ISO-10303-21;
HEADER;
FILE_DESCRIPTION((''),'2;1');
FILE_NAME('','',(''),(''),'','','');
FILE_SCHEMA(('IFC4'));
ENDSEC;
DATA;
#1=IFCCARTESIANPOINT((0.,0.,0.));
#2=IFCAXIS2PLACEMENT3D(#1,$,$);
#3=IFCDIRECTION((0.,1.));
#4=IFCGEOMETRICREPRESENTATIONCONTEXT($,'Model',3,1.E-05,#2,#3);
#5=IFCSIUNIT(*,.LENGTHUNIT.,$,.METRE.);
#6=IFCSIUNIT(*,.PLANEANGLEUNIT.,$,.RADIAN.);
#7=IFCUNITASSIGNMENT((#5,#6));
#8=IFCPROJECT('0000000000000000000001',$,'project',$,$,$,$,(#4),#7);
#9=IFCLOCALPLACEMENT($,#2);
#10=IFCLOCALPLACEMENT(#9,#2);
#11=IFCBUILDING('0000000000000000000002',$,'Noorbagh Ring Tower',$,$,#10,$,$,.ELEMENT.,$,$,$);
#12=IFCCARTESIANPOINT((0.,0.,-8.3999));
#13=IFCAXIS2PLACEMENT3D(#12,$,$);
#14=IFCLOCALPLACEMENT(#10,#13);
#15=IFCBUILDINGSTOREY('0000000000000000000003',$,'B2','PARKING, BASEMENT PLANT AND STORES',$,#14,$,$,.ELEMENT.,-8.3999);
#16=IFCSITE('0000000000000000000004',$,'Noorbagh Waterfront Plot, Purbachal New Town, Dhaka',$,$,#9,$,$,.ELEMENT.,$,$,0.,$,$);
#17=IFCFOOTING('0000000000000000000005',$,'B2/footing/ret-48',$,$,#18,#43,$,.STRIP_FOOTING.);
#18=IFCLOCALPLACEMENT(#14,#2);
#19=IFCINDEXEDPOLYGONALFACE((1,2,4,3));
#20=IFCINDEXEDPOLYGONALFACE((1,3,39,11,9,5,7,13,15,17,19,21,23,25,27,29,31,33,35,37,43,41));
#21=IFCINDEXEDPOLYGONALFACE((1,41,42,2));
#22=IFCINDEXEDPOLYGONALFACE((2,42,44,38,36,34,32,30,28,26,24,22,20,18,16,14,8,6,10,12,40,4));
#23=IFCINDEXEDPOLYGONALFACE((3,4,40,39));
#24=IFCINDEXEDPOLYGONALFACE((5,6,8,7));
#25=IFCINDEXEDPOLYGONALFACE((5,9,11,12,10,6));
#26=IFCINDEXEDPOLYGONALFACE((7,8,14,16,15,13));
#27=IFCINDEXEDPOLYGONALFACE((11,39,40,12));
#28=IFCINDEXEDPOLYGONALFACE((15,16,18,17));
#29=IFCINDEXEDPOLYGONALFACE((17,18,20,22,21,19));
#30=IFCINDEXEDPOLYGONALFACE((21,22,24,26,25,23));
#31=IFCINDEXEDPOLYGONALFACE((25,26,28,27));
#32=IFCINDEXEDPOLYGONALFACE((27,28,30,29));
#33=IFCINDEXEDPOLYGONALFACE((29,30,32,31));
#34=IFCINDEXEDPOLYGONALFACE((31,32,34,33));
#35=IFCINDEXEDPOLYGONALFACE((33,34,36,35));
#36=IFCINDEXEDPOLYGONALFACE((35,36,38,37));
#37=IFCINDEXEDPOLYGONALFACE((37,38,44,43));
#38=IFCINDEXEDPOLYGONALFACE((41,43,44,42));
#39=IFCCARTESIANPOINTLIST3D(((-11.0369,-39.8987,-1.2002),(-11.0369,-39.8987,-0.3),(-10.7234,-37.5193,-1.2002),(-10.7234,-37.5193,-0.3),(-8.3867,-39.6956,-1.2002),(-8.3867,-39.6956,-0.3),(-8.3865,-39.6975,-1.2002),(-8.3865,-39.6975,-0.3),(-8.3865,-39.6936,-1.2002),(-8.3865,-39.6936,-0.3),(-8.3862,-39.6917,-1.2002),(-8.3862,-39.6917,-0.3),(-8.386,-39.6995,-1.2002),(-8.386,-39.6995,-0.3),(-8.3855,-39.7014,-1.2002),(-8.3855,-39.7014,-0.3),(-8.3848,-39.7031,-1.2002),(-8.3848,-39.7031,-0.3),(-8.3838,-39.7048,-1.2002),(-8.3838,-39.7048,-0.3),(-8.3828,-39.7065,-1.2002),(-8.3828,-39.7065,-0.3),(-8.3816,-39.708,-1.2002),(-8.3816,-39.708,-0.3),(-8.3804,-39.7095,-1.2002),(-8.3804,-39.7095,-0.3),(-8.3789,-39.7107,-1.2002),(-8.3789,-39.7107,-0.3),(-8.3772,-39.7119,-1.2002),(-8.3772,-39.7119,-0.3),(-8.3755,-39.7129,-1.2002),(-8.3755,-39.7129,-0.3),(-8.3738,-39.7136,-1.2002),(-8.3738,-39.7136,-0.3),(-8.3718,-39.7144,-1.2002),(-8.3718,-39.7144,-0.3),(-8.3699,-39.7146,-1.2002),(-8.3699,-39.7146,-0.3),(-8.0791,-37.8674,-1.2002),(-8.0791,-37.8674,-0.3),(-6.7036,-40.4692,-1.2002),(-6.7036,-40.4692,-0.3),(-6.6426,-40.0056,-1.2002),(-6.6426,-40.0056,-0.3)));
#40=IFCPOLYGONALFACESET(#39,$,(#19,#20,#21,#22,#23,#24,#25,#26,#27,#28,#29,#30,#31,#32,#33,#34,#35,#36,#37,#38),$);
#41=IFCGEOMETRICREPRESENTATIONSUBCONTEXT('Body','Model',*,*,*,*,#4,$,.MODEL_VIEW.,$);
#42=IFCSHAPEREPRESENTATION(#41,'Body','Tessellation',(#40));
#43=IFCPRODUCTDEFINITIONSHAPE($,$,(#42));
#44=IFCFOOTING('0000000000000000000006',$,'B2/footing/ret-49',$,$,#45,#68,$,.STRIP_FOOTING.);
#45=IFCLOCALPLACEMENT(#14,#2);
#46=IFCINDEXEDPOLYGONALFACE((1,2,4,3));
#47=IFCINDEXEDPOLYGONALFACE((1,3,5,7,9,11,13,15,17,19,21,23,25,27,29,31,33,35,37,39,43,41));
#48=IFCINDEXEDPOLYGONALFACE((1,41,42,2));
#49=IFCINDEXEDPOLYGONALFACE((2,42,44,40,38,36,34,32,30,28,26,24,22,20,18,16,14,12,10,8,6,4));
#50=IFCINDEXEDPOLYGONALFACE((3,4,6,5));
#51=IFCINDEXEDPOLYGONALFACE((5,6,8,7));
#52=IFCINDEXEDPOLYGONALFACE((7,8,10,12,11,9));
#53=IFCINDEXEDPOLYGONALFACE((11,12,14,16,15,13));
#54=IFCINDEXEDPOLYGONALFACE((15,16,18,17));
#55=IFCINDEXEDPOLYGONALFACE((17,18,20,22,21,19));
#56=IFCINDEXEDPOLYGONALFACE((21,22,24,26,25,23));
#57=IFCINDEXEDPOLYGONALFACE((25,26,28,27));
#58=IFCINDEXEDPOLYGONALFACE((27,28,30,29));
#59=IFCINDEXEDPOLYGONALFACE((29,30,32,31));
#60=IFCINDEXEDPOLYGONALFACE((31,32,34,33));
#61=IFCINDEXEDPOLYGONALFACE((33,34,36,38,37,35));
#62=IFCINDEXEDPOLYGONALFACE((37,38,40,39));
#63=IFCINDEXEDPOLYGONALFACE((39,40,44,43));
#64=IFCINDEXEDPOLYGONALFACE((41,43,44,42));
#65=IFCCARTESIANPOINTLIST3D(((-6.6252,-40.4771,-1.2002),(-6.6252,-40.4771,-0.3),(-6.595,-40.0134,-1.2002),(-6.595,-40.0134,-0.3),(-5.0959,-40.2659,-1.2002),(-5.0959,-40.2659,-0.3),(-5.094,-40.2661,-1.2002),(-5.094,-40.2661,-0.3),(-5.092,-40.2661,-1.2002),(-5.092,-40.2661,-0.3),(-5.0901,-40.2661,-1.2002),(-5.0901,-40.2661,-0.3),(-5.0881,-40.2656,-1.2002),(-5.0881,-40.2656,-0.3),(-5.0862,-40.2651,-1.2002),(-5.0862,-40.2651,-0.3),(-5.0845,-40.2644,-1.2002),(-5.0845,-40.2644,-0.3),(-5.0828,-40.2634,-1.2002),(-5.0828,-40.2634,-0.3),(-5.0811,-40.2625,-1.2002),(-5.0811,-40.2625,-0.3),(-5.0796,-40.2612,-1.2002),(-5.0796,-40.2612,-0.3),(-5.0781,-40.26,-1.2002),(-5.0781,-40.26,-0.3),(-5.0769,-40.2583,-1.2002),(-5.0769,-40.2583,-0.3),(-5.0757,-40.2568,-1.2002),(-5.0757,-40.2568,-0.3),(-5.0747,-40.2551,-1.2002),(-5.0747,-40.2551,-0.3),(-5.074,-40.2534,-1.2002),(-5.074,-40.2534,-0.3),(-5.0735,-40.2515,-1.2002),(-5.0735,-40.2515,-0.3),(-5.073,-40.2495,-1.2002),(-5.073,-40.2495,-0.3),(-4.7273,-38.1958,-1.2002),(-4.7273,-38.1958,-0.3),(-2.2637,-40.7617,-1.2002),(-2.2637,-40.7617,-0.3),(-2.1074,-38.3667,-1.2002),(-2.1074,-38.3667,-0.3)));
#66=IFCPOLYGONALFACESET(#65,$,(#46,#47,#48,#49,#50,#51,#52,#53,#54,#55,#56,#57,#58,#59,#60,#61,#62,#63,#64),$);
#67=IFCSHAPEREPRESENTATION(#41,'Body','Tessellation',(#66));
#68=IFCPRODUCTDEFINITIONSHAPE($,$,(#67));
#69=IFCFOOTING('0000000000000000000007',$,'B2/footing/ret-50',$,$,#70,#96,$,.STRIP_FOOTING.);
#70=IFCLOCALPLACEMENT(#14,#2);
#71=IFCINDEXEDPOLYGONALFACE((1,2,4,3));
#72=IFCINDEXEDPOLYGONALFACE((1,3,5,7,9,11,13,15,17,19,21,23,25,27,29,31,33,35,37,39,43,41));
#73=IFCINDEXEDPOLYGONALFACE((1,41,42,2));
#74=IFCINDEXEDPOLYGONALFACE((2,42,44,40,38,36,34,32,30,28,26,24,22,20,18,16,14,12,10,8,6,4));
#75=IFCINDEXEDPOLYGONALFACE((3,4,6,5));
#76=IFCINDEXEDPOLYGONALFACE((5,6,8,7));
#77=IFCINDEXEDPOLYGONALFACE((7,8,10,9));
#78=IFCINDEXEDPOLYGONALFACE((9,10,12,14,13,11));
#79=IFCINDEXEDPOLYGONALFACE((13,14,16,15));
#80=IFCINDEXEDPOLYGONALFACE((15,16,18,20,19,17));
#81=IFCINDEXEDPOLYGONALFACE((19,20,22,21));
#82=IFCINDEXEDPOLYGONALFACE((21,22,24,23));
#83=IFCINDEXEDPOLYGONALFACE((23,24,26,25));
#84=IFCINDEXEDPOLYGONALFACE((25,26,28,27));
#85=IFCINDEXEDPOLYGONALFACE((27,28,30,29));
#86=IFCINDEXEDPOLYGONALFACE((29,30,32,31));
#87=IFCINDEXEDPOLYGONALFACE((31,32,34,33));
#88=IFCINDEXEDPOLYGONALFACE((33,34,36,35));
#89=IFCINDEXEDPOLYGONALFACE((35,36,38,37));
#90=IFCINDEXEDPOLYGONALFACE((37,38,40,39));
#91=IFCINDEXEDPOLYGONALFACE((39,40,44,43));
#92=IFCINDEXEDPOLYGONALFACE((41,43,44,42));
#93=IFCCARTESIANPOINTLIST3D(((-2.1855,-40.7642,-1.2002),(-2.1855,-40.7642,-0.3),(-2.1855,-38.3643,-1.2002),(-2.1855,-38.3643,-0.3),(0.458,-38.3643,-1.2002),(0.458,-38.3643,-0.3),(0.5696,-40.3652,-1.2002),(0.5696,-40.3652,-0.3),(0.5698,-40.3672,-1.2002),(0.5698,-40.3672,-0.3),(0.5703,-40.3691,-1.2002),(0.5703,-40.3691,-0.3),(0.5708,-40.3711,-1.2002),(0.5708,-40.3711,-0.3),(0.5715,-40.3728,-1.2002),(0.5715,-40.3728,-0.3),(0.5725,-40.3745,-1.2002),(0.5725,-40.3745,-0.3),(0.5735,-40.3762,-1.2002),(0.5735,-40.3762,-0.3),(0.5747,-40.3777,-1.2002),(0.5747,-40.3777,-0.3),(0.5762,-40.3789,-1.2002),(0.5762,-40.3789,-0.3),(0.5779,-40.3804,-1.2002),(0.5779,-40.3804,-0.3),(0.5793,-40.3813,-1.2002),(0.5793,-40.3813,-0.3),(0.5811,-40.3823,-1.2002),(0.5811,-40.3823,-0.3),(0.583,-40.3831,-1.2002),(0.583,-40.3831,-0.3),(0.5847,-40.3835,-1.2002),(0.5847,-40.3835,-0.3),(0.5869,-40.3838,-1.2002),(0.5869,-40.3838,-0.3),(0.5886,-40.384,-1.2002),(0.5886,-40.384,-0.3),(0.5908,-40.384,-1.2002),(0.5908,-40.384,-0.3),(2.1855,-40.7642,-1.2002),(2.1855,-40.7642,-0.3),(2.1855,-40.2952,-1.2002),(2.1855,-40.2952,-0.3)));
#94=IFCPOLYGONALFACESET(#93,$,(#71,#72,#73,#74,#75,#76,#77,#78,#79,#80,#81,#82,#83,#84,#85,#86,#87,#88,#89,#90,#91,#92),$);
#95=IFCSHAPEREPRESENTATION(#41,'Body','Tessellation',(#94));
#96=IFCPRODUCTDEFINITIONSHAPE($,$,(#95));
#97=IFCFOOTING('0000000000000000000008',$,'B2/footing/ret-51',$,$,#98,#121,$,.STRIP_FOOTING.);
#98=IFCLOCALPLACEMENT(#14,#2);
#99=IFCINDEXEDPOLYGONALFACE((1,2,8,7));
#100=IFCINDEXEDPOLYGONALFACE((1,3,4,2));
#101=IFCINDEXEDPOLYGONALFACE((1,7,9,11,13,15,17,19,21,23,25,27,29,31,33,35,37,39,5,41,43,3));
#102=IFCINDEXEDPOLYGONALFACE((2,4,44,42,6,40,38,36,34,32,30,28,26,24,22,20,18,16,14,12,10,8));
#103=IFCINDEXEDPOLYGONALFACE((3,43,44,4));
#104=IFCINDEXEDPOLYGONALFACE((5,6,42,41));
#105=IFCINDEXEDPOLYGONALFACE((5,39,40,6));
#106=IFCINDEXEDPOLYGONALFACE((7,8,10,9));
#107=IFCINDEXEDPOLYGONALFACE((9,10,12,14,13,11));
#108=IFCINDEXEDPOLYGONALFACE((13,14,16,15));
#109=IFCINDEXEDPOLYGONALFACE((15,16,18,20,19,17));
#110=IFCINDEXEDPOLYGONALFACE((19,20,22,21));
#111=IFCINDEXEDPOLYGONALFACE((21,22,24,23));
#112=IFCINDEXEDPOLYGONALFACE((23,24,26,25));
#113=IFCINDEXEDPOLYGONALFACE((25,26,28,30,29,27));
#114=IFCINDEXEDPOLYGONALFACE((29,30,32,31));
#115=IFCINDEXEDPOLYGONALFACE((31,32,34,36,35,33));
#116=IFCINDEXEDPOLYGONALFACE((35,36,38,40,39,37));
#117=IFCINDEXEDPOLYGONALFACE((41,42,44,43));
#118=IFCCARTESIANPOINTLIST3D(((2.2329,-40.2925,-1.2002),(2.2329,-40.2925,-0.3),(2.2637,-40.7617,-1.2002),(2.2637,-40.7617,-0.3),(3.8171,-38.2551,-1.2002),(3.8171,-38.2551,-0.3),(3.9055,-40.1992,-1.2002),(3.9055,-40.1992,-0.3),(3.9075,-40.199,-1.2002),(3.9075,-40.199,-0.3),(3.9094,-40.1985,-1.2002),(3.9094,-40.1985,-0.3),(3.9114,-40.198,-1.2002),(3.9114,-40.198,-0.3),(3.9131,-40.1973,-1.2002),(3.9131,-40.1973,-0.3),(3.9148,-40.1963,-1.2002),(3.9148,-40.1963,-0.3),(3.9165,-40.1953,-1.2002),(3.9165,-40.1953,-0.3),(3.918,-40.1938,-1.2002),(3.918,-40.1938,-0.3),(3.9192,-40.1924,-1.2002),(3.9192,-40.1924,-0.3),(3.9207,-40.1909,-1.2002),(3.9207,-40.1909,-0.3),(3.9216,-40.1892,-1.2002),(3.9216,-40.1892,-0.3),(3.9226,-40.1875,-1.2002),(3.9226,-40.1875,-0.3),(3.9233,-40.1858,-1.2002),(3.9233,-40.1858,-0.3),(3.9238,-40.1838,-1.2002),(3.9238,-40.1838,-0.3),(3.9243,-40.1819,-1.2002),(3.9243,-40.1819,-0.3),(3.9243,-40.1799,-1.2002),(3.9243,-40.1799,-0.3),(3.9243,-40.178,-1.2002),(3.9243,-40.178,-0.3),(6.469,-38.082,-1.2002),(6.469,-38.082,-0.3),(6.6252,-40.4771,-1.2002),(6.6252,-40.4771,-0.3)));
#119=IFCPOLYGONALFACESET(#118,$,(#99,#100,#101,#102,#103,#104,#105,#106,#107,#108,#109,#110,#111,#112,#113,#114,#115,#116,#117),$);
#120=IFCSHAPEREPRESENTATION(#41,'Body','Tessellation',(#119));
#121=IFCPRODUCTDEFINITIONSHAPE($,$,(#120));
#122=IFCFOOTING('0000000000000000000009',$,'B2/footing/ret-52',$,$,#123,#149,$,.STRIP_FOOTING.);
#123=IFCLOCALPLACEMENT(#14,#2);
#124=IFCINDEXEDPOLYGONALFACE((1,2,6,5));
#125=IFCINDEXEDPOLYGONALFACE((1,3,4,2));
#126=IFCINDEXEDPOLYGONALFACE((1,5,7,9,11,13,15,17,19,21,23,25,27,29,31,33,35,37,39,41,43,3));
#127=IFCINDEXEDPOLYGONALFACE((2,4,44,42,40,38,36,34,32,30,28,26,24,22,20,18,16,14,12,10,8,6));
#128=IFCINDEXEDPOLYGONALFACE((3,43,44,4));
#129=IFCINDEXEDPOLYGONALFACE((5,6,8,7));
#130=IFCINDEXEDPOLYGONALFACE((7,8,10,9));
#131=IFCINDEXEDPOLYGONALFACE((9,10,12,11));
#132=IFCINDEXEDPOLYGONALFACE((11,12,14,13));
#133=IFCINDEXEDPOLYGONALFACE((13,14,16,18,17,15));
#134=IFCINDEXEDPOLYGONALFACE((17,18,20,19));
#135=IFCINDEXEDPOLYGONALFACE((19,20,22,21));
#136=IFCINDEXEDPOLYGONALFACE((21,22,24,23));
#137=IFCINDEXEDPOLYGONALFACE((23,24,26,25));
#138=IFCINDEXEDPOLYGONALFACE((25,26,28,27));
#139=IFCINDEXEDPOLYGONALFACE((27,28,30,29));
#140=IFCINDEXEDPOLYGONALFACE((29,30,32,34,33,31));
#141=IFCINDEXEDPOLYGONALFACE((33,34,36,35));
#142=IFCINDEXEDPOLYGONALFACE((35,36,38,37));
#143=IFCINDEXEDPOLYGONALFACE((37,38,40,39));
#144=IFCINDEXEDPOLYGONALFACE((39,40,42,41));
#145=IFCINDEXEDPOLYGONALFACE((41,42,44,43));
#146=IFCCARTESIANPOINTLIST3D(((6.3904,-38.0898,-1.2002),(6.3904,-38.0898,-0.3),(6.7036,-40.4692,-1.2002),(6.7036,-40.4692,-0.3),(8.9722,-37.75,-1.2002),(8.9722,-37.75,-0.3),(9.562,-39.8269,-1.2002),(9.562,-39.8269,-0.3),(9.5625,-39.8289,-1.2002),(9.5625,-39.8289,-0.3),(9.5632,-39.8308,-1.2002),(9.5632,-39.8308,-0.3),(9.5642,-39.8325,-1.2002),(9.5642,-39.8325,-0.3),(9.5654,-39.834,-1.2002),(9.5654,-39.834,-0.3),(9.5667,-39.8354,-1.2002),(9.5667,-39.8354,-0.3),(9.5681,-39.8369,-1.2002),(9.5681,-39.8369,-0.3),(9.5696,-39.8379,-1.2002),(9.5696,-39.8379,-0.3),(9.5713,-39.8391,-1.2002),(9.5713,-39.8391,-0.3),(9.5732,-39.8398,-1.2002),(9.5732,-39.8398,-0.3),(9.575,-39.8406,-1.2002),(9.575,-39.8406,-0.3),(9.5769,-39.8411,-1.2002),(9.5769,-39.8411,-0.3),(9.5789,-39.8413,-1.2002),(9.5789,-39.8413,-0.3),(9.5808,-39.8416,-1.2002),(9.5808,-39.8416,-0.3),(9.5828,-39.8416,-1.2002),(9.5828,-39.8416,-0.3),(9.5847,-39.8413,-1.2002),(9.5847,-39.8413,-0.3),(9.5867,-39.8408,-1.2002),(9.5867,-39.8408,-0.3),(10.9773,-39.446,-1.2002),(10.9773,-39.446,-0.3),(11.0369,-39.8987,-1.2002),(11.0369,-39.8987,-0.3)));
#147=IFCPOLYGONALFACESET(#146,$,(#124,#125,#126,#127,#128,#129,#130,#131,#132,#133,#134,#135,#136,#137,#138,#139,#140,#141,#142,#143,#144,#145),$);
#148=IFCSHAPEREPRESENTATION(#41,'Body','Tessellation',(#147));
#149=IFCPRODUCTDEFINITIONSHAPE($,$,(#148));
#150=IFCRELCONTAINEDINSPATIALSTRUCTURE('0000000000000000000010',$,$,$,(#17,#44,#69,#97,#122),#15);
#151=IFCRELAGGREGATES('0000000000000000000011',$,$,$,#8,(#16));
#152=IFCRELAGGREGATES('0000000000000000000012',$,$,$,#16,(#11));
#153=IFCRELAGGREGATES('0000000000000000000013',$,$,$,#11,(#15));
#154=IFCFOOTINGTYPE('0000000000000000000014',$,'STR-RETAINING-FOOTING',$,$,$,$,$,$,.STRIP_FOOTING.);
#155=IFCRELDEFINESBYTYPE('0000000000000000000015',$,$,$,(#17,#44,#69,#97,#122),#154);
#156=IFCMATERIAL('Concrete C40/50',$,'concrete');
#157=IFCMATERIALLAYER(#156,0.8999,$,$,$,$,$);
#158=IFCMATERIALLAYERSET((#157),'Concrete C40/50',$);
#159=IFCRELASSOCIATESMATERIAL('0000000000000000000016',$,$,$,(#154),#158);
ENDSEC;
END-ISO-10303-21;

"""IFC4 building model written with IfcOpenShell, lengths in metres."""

from ifc_helpers import new_model, si_unit, direction, frame, origin, place, context, subcontext, project, spatial, polyline, outline, extrude, material, layer, layer_set, type_object, element, save


model = new_model("IFC4")

# Units and contexts
model_context = context("Model", 3, precision=1e-05, world=origin(), true_north=direction((0.0, 1.0)))
body_context = subcontext(model_context, "Body", "Model", "MODEL_VIEW")
ifc_project = project(units=[si_unit("LENGTHUNIT", "METRE"), si_unit("PLANEANGLEUNIT", "RADIAN")], contexts=[model_context])

# Site, building, storey
site_placement = place(None, origin())
site = spatial("IfcSite", under=ifc_project, at=site_placement, Name="Noorbagh Waterfront Plot, Purbachal New Town, Dhaka", CompositionType="ELEMENT", RefElevation=0.0)
building_placement = place(site_placement, origin())
building = spatial("IfcBuilding", under=site, at=building_placement, Name="Noorbagh Ring Tower", CompositionType="ELEMENT")
storey_placement = place(building_placement, frame((0.0, 0.0, -8.3999)))
storey = spatial("IfcBuildingStorey", under=building, at=storey_placement, Name="B2", Description="PARKING, BASEMENT PLANT AND STORES", CompositionType="ELEMENT", Elevation=-8.3999)

# Footings
ifc_material_1 = material(Name="Concrete C40/50", Category="concrete")
ifc_layer_1 = layer(ifc_material_1, 0.8999)
ifc_layer_set_1 = layer_set([ifc_layer_1], Name="Concrete C40/50")
footing_type = type_object("IfcFootingType", Name="STR-RETAINING-FOOTING", PredefinedType="STRIP_FOOTING", material=ifc_layer_set_1)
footing_1_placement = place(storey_placement, frame((0.0, 0.0, -1.2002)))
element("IfcFooting", 1, at=footing_1_placement, inside=storey, type_object=footing_type, Name="B2/footing/ret-48", PredefinedType="STRIP_FOOTING", context=body_context, shape_type="SweptSolid", body=[
    extrude(outline(polyline([(-6.7036, -40.4692), (-11.0369, -39.8987), (-10.7234, -37.5193), (-8.0791, -37.8674), (-8.3862, -39.6917), (-8.3865, -39.6936), (-8.3867, -39.6956), (-8.3865, -39.6975), (-8.386, -39.6995), (-8.3855, -39.7014), (-8.3848, -39.7031), (-8.3838, -39.7048), (-8.3828, -39.7065), (-8.3816, -39.708), (-8.3804, -39.7095), (-8.3789, -39.7107), (-8.3772, -39.7119), (-8.3755, -39.7129), (-8.3738, -39.7136), (-8.3718, -39.7144), (-8.3699, -39.7146), (-6.6426, -40.0056), (-6.7036, -40.4692)])), origin(), (0.0, 0.0, 1.0), 0.9001),
])
footing_2_placement = place(storey_placement, frame((0.0, 0.0, -1.2002)))
element("IfcFooting", 2, at=footing_2_placement, inside=storey, type_object=footing_type, Name="B2/footing/ret-49", PredefinedType="STRIP_FOOTING", context=body_context, shape_type="SweptSolid", body=[
    extrude(outline(polyline([(-2.2637, -40.7617), (-6.6252, -40.4771), (-6.595, -40.0134), (-5.0959, -40.2659), (-5.094, -40.2661), (-5.092, -40.2661), (-5.0901, -40.2661), (-5.0881, -40.2656), (-5.0862, -40.2651), (-5.0845, -40.2644), (-5.0828, -40.2634), (-5.0811, -40.2625), (-5.0796, -40.2612), (-5.0781, -40.26), (-5.0769, -40.2583), (-5.0757, -40.2568), (-5.0747, -40.2551), (-5.074, -40.2534), (-5.0735, -40.2515), (-5.073, -40.2495), (-4.7273, -38.1958), (-2.1074, -38.3667), (-2.2637, -40.7617)])), origin(), (0.0, 0.0, 1.0), 0.9001),
])
footing_3_placement = place(storey_placement, frame((0.0, 0.0, -1.2002)))
element("IfcFooting", 3, at=footing_3_placement, inside=storey, type_object=footing_type, Name="B2/footing/ret-50", PredefinedType="STRIP_FOOTING", context=body_context, shape_type="SweptSolid", body=[
    extrude(outline(polyline([(2.1855, -40.7642), (-2.1855, -40.7642), (-2.1855, -38.3643), (0.458, -38.3643), (0.5696, -40.3652), (0.5698, -40.3672), (0.5703, -40.3691), (0.5708, -40.3711), (0.5715, -40.3728), (0.5725, -40.3745), (0.5735, -40.3762), (0.5747, -40.3777), (0.5762, -40.3789), (0.5779, -40.3804), (0.5793, -40.3813), (0.5811, -40.3823), (0.583, -40.3831), (0.5847, -40.3835), (0.5869, -40.3838), (0.5886, -40.384), (0.5908, -40.384), (2.1855, -40.2952), (2.1855, -40.7642)])), origin(), (0.0, 0.0, 1.0), 0.9001),
])
footing_4_placement = place(storey_placement, frame((0.0, 0.0, -1.2002)))
element("IfcFooting", 4, at=footing_4_placement, inside=storey, type_object=footing_type, Name="B2/footing/ret-51", PredefinedType="STRIP_FOOTING", context=body_context, shape_type="SweptSolid", body=[
    extrude(outline(polyline([(6.6252, -40.4771), (2.2637, -40.7617), (2.2329, -40.2925), (3.9055, -40.1992), (3.9075, -40.199), (3.9094, -40.1985), (3.9114, -40.198), (3.9131, -40.1973), (3.9148, -40.1963), (3.9165, -40.1953), (3.918, -40.1938), (3.9192, -40.1924), (3.9207, -40.1909), (3.9216, -40.1892), (3.9226, -40.1875), (3.9233, -40.1858), (3.9238, -40.1838), (3.9243, -40.1819), (3.9243, -40.1799), (3.9243, -40.178), (3.8171, -38.2551), (6.469, -38.082), (6.6252, -40.4771)])), origin(), (0.0, 0.0, 1.0), 0.9001),
])
footing_5_placement = place(storey_placement, frame((0.0, 0.0, -1.2002)))
element("IfcFooting", 5, at=footing_5_placement, inside=storey, type_object=footing_type, Name="B2/footing/ret-52", PredefinedType="STRIP_FOOTING", context=body_context, shape_type="SweptSolid", body=[
    extrude(outline(polyline([(11.0369, -39.8987), (6.7036, -40.4692), (6.3904, -38.0898), (8.9722, -37.75), (9.562, -39.8269), (9.5625, -39.8289), (9.5632, -39.8308), (9.5642, -39.8325), (9.5654, -39.834), (9.5667, -39.8354), (9.5681, -39.8369), (9.5696, -39.8379), (9.5713, -39.8391), (9.5732, -39.8398), (9.575, -39.8406), (9.5769, -39.8411), (9.5789, -39.8413), (9.5808, -39.8416), (9.5828, -39.8416), (9.5847, -39.8413), (9.5867, -39.8408), (10.9773, -39.446), (11.0369, -39.8987)])), origin(), (0.0, 0.0, 1.0), 0.9001),
])

save(model, "model.ifc")
